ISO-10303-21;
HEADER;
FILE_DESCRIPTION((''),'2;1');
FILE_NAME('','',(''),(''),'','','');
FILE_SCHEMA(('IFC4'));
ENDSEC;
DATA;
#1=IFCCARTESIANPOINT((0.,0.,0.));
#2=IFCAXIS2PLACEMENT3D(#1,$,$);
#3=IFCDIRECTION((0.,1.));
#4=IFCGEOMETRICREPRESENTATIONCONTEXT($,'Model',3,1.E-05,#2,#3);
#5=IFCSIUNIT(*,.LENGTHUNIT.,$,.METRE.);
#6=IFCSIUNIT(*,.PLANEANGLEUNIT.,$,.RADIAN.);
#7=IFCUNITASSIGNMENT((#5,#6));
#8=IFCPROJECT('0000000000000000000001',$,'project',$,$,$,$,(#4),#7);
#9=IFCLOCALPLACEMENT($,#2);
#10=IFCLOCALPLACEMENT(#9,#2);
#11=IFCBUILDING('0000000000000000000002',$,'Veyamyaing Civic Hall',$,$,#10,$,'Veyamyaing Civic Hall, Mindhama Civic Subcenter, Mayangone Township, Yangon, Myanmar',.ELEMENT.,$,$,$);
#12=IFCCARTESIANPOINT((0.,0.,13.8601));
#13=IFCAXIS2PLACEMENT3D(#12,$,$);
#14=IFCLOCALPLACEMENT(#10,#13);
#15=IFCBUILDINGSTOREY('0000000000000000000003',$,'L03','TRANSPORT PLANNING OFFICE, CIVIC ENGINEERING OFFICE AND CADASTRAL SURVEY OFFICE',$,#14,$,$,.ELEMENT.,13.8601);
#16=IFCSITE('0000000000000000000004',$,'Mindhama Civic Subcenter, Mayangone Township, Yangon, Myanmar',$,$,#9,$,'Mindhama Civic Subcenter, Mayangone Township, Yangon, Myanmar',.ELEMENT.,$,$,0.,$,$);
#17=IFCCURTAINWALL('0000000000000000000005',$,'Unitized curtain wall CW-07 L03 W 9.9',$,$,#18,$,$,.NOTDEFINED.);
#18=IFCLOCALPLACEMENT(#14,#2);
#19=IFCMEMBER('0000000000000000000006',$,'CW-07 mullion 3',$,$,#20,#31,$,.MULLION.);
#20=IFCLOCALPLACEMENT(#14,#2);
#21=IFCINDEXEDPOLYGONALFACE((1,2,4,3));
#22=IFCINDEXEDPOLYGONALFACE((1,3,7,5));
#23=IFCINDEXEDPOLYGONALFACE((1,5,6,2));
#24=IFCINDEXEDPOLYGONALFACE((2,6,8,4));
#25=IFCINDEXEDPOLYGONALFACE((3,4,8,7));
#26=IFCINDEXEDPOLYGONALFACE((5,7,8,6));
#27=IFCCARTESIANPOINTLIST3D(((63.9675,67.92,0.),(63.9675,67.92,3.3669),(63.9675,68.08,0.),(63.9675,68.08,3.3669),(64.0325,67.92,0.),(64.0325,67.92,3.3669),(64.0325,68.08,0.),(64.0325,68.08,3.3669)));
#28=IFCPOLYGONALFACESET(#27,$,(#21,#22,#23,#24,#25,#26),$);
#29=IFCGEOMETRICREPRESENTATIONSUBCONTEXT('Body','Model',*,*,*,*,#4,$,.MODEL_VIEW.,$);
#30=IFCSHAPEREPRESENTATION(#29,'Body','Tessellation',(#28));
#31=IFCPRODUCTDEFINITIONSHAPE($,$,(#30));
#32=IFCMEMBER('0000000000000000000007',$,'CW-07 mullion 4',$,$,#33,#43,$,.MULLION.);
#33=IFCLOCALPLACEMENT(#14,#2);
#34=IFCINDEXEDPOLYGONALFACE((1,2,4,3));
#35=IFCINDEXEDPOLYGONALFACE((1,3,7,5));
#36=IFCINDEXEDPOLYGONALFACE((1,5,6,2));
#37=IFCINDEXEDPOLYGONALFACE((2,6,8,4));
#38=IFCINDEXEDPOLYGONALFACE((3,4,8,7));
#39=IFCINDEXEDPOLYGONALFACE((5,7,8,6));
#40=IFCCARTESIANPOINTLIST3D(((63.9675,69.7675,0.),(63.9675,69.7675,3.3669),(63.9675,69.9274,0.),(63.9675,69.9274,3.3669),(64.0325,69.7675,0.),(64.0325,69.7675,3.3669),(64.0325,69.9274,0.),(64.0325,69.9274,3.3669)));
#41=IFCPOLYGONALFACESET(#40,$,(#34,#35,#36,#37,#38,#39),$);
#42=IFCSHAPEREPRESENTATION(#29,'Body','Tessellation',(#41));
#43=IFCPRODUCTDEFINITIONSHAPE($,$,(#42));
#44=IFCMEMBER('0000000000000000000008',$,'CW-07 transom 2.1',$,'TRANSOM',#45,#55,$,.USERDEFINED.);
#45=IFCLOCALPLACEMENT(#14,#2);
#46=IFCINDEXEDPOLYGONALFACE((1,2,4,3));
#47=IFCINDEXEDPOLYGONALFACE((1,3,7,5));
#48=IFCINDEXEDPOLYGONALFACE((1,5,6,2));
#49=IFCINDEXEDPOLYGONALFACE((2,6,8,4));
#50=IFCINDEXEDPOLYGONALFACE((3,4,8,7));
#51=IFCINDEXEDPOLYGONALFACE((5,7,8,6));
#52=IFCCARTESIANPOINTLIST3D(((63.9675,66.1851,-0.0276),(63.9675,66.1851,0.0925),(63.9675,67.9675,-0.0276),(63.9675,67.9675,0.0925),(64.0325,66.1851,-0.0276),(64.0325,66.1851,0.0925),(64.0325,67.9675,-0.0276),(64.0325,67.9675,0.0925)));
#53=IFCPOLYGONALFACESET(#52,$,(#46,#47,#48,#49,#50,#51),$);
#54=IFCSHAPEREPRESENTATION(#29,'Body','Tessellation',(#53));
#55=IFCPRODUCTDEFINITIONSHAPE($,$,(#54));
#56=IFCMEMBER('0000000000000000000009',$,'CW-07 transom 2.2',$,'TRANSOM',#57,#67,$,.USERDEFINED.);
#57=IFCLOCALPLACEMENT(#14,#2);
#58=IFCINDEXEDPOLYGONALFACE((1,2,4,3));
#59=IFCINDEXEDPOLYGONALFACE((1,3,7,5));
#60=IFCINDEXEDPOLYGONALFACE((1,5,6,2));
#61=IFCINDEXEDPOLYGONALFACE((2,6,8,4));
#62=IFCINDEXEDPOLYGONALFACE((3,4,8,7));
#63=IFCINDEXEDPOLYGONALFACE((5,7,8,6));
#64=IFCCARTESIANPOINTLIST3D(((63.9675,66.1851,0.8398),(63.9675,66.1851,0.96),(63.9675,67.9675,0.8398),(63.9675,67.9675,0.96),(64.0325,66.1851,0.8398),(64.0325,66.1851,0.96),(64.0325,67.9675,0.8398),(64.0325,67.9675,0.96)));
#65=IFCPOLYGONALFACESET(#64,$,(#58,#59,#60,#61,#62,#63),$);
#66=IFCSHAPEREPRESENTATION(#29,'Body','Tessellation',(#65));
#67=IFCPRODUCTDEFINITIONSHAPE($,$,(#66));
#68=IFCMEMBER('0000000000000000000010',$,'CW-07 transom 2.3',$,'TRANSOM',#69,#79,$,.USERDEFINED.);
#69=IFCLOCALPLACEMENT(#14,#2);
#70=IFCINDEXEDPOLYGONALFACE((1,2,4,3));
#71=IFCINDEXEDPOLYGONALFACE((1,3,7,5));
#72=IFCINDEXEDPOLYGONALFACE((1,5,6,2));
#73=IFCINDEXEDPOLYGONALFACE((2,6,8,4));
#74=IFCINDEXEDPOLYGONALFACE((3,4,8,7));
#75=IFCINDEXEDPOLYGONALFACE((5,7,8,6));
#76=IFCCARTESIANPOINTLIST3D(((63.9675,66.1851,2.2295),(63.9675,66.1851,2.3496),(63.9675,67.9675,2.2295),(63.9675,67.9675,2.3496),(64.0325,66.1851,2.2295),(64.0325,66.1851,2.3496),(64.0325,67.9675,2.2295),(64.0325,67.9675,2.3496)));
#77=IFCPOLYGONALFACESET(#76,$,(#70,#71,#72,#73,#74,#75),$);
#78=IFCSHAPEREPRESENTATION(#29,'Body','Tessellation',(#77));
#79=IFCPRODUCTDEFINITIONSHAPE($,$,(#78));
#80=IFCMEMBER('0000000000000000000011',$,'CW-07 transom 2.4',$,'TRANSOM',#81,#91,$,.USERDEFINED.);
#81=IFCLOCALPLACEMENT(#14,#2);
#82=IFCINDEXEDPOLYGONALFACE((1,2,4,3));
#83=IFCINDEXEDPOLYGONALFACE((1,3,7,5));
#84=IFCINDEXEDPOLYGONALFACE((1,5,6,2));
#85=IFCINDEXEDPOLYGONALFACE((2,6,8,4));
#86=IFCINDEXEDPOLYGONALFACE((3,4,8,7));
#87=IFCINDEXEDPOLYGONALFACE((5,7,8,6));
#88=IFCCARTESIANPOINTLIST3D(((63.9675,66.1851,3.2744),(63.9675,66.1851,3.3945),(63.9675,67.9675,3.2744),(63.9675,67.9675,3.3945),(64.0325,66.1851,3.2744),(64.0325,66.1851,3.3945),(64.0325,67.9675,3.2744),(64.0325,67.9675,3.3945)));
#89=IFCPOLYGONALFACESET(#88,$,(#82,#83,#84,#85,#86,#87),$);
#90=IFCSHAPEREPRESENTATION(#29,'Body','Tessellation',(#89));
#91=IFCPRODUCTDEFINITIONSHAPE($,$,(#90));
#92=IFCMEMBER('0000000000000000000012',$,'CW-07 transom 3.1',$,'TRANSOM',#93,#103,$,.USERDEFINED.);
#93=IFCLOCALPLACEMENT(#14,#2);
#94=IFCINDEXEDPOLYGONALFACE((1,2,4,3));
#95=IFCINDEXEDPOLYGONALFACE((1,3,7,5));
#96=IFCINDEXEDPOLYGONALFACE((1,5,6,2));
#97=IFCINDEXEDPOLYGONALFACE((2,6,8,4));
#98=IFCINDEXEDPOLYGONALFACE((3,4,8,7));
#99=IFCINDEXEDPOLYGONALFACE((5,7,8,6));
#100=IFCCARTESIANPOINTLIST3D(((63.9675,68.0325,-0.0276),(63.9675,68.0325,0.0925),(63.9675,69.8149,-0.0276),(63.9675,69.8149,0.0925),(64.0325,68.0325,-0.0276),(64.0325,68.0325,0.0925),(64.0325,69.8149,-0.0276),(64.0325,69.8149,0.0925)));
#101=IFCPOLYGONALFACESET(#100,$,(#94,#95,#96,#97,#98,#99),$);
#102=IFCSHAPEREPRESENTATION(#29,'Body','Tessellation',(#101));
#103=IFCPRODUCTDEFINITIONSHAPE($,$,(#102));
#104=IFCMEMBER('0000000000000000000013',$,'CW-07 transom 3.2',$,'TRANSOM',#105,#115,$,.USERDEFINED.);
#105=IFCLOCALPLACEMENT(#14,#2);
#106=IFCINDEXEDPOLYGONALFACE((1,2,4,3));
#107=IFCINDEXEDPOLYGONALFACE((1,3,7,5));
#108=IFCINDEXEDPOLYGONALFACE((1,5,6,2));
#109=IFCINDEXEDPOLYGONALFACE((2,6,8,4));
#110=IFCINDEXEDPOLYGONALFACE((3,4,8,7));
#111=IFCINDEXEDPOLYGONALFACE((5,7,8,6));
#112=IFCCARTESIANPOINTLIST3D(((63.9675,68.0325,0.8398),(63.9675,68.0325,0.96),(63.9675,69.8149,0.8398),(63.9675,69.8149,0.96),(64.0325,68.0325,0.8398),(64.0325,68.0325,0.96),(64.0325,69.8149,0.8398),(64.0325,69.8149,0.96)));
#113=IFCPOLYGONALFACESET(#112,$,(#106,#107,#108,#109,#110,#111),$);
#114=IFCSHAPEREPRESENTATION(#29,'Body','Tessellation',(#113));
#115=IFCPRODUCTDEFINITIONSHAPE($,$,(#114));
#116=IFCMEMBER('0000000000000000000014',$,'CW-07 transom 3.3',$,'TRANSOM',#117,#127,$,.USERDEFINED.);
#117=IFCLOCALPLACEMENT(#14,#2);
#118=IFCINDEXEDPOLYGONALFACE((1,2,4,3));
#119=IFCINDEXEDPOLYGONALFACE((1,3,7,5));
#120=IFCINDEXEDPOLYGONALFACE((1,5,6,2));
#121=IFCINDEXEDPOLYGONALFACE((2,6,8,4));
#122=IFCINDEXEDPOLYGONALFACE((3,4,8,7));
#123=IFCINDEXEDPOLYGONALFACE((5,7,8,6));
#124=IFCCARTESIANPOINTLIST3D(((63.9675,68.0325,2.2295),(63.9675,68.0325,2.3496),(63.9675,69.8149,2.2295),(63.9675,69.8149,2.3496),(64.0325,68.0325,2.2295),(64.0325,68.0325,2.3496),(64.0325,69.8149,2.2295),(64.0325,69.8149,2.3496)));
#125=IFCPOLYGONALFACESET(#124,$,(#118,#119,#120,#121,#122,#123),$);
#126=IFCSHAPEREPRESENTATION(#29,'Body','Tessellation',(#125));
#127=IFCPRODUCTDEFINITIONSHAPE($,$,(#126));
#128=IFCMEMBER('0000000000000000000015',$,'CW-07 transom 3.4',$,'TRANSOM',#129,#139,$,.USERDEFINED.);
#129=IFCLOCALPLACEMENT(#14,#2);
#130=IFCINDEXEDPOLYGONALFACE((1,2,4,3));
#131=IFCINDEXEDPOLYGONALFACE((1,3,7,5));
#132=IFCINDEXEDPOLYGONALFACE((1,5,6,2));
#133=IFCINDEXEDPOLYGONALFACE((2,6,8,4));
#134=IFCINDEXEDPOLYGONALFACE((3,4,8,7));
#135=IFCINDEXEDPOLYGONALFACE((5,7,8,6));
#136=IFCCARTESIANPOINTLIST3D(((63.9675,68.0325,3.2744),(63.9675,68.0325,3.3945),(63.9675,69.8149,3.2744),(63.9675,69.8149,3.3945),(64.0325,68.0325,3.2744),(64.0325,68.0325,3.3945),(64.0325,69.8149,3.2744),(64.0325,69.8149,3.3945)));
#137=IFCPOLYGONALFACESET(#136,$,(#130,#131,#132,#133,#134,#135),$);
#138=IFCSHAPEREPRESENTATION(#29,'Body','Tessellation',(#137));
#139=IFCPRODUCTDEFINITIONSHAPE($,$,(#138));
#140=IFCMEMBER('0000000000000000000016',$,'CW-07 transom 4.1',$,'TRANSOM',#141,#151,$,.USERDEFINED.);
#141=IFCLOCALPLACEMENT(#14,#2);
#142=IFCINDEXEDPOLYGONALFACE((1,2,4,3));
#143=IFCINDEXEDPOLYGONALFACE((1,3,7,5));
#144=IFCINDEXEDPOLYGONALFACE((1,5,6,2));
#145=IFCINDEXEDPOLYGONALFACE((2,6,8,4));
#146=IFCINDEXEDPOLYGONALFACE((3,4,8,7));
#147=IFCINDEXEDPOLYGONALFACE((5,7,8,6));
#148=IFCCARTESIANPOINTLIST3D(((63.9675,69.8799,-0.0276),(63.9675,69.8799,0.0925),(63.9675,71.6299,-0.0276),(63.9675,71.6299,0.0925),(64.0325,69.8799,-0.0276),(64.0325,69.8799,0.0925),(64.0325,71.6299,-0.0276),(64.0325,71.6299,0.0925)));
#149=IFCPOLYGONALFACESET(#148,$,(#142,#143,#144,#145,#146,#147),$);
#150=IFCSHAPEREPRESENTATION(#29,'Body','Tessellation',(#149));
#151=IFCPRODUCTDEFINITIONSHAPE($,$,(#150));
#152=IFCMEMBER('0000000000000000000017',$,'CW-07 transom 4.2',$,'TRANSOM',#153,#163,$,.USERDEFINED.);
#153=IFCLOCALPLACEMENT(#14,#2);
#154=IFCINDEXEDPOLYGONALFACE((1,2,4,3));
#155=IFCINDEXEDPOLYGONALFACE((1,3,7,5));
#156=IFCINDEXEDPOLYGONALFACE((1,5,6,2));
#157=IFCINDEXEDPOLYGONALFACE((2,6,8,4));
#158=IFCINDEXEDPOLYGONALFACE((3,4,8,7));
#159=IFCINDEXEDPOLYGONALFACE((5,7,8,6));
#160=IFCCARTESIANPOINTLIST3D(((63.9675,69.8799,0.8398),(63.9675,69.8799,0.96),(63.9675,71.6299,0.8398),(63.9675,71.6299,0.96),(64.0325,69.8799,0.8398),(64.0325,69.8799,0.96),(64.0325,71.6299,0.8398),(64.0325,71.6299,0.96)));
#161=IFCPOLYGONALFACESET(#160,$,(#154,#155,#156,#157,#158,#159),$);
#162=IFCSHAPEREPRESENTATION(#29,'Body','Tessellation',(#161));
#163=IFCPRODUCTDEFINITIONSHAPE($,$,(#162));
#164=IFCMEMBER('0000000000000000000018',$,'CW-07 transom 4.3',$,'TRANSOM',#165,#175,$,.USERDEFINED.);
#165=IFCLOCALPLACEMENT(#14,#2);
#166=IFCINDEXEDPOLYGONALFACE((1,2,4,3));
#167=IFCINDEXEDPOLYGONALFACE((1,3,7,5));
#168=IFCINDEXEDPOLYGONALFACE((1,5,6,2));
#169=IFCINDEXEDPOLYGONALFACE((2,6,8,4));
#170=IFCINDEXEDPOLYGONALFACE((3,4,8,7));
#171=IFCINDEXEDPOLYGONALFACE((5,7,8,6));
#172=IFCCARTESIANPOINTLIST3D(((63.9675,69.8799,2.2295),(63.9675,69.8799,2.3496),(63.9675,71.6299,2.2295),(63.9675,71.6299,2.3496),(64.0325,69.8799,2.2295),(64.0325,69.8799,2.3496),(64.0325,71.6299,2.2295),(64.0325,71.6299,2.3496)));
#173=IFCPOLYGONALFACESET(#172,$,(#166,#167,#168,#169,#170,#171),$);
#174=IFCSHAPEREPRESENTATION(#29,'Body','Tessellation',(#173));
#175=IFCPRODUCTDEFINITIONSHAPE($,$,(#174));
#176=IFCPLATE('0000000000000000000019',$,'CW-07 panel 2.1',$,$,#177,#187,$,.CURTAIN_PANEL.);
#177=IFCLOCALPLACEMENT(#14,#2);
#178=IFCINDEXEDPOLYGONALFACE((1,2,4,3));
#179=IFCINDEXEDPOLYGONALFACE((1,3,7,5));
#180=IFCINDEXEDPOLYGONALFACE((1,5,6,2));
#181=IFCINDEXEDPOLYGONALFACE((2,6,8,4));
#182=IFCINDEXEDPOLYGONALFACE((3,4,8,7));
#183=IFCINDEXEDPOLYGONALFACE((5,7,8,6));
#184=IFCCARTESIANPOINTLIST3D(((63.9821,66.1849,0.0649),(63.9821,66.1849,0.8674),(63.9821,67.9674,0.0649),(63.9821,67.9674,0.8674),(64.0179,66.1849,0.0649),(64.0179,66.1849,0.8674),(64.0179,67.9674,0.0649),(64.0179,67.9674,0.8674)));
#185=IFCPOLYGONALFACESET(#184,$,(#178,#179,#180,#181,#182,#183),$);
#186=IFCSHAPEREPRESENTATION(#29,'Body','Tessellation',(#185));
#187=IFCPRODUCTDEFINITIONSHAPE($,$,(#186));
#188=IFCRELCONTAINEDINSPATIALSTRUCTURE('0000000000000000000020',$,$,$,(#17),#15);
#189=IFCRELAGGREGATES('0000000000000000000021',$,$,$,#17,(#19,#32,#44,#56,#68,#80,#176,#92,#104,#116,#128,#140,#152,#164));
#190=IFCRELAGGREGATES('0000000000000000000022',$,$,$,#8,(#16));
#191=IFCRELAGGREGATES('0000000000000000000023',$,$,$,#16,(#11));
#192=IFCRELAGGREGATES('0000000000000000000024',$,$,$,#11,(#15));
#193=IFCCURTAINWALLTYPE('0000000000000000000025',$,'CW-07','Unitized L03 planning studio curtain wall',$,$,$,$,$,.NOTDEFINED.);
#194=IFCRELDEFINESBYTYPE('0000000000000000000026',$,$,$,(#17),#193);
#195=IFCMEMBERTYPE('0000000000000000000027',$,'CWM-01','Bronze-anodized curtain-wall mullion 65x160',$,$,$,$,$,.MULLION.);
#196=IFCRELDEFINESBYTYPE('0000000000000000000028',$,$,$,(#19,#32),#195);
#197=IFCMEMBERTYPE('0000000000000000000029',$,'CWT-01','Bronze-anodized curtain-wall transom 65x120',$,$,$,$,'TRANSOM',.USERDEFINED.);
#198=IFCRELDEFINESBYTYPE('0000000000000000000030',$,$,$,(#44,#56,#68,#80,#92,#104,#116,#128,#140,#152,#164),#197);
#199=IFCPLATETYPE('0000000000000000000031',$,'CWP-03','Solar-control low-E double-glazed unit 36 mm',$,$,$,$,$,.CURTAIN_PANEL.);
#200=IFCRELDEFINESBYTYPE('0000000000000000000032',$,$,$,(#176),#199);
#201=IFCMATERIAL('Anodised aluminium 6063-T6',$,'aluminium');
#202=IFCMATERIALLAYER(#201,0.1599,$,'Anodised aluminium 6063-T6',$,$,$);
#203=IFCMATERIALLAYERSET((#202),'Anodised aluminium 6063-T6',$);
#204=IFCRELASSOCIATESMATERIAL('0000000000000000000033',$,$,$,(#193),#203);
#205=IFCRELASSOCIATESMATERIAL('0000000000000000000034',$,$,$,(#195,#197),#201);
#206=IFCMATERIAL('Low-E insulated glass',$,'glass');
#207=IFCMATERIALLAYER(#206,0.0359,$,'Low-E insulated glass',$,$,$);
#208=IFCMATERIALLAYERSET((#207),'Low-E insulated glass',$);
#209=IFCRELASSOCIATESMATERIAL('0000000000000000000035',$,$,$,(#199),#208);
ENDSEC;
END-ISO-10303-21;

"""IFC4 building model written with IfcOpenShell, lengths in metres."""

from ifc_helpers import new_model, si_unit, direction, frame, origin, origin_2d, place, context, subcontext, project, spatial, rectangle, extrude, material, layer, layer_set, material_profile, profile_set, type_object, element, aggregate, save


model = new_model("IFC4")

# Units and contexts
model_context = context("Model", 3, precision=1e-05, world=origin(), true_north=direction((0.0, 1.0)))
body_context = subcontext(model_context, "Body", "Model", "MODEL_VIEW")
ifc_project = project(units=[si_unit("LENGTHUNIT", "METRE"), si_unit("PLANEANGLEUNIT", "RADIAN")], contexts=[model_context])

# Site, building, storey
site_placement = place(None, origin())
site = spatial("IfcSite", under=ifc_project, at=site_placement, Name="Mindhama Civic Subcenter, Mayangone Township, Yangon, Myanmar", LongName="Mindhama Civic Subcenter, Mayangone Township, Yangon, Myanmar", CompositionType="ELEMENT", RefElevation=0.0)
building_placement = place(site_placement, origin())
building = spatial("IfcBuilding", under=site, at=building_placement, Name="Veyamyaing Civic Hall", LongName="Veyamyaing Civic Hall, Mindhama Civic Subcenter, Mayangone Township, Yangon, Myanmar", CompositionType="ELEMENT")
storey_placement = place(building_placement, frame((0.0, 0.0, 13.8601)))
storey = spatial("IfcBuildingStorey", under=building, at=storey_placement, Name="L03", Description="TRANSPORT PLANNING OFFICE, CIVIC ENGINEERING OFFICE AND CADASTRAL SURVEY OFFICE", CompositionType="ELEMENT", Elevation=13.8601)

# Curtain wall, members, plate
ifc_material_1 = material(Name="Anodised aluminium 6063-T6", Category="aluminium")
ifc_layer_1 = layer(ifc_material_1, 0.1599, Name="Anodised aluminium 6063-T6")
ifc_layer_set_1 = layer_set([ifc_layer_1], Name="Anodised aluminium 6063-T6")
curtain_wall_type = type_object("IfcCurtainWallType", Name="CW-07", Description="Unitized L03 planning studio curtain wall", PredefinedType="NOTDEFINED", material=ifc_layer_set_1)
curtain_wall_placement = place(storey_placement, origin())
curtain_wall = element("IfcCurtainWall", 1, at=curtain_wall_placement, inside=storey, type_object=curtain_wall_type, Name="Unitized curtain wall CW-07 L03 W 9.9", PredefinedType="NOTDEFINED")
ifc_material_profile_1 = material_profile(ifc_material_1, rectangle(XDim=0.0649, YDim=0.1599, at=origin_2d()), Name="ALU-MUL-65X160")
ifc_profile_set_1 = profile_set([ifc_material_profile_1], Name="Anodised aluminium 6063-T6")
member_type_1 = type_object("IfcMemberType", Name="CWM-01", Description="Bronze-anodized curtain-wall mullion 65x160", PredefinedType="MULLION", material=ifc_profile_set_1)
member_1_placement = place(storey_placement, frame((64.0, 68.0, 0.0), z_axis=(0.0, 0.0, 1.0), x_axis=(-1.0, 0.0, 0.0)))
member_1 = element("IfcMember", 2, at=member_1_placement, type_object=member_type_1, Name="CW-07 mullion 3", PredefinedType="MULLION", context=body_context, shape_type="SweptSolid", body=[
    extrude(rectangle(XDim=0.0649, YDim=0.1599, at=origin_2d()), origin(), (0.0, 0.0, 1.0), 3.3669),
])
member_2_placement = place(storey_placement, frame((64.0, 69.8474, 0.0), z_axis=(0.0, 0.0, 1.0), x_axis=(-1.0, 0.0, 0.0)))
member_2 = element("IfcMember", 3, at=member_2_placement, type_object=member_type_1, Name="CW-07 mullion 4", PredefinedType="MULLION", context=body_context, shape_type="SweptSolid", body=[
    extrude(rectangle(XDim=0.0649, YDim=0.1599, at=origin_2d()), origin(), (0.0, 0.0, 1.0), 3.3669),
])
ifc_material_profile_2 = material_profile(ifc_material_1, rectangle(XDim=0.0649, YDim=0.1201, at=origin_2d()), Name="ALU-TRN-65X120")
ifc_profile_set_2 = profile_set([ifc_material_profile_2], Name="Anodised aluminium 6063-T6")
member_type_2 = type_object("IfcMemberType", Name="CWT-01", Description="Bronze-anodized curtain-wall transom 65x120", ElementType="TRANSOM", PredefinedType="USERDEFINED", material=ifc_profile_set_2)
member_3_placement = place(storey_placement, frame((64.0, 66.1851, 0.0325), z_axis=(0.0, 1.0, 0.0), x_axis=(-1.0, 0.0, 0.0)))
member_3 = element("IfcMember", 4, at=member_3_placement, type_object=member_type_2, Name="CW-07 transom 2.1", ObjectType="TRANSOM", PredefinedType="USERDEFINED", context=body_context, shape_type="SweptSolid", body=[
    extrude(rectangle(XDim=0.0649, YDim=0.1201, at=origin_2d()), origin(), (0.0, 0.0, 1.0), 1.7825),
])
member_4_placement = place(storey_placement, frame((64.0, 66.1851, 0.8999), z_axis=(0.0, 1.0, 0.0), x_axis=(-1.0, 0.0, 0.0)))
member_4 = element("IfcMember", 5, at=member_4_placement, type_object=member_type_2, Name="CW-07 transom 2.2", ObjectType="TRANSOM", PredefinedType="USERDEFINED", context=body_context, shape_type="SweptSolid", body=[
    extrude(rectangle(XDim=0.0649, YDim=0.1201, at=origin_2d()), origin(), (0.0, 0.0, 1.0), 1.7825),
])
member_5_placement = place(storey_placement, frame((64.0, 66.1851, 2.2896), z_axis=(0.0, 1.0, 0.0), x_axis=(-1.0, 0.0, 0.0)))
member_5 = element("IfcMember", 6, at=member_5_placement, type_object=member_type_2, Name="CW-07 transom 2.3", ObjectType="TRANSOM", PredefinedType="USERDEFINED", context=body_context, shape_type="SweptSolid", body=[
    extrude(rectangle(XDim=0.0649, YDim=0.1201, at=origin_2d()), origin(), (0.0, 0.0, 1.0), 1.7825),
])
member_6_placement = place(storey_placement, frame((64.0, 66.1851, 3.3345), z_axis=(0.0, 1.0, 0.0), x_axis=(-1.0, 0.0, 0.0)))
member_6 = element("IfcMember", 7, at=member_6_placement, type_object=member_type_2, Name="CW-07 transom 2.4", ObjectType="TRANSOM", PredefinedType="USERDEFINED", context=body_context, shape_type="SweptSolid", body=[
    extrude(rectangle(XDim=0.0649, YDim=0.1201, at=origin_2d()), origin(), (0.0, 0.0, 1.0), 1.7825),
])
member_7_placement = place(storey_placement, frame((64.0, 68.0325, 0.0325), z_axis=(0.0, 1.0, 0.0), x_axis=(-1.0, 0.0, 0.0)))
member_7 = element("IfcMember", 8, at=member_7_placement, type_object=member_type_2, Name="CW-07 transom 3.1", ObjectType="TRANSOM", PredefinedType="USERDEFINED", context=body_context, shape_type="SweptSolid", body=[
    extrude(rectangle(XDim=0.0649, YDim=0.1201, at=origin_2d()), origin(), (0.0, 0.0, 1.0), 1.7825),
])
member_8_placement = place(storey_placement, frame((64.0, 68.0325, 0.8999), z_axis=(0.0, 1.0, 0.0), x_axis=(-1.0, 0.0, 0.0)))
member_8 = element("IfcMember", 9, at=member_8_placement, type_object=member_type_2, Name="CW-07 transom 3.2", ObjectType="TRANSOM", PredefinedType="USERDEFINED", context=body_context, shape_type="SweptSolid", body=[
    extrude(rectangle(XDim=0.0649, YDim=0.1201, at=origin_2d()), origin(), (0.0, 0.0, 1.0), 1.7825),
])
member_9_placement = place(storey_placement, frame((64.0, 68.0325, 2.2896), z_axis=(0.0, 1.0, 0.0), x_axis=(-1.0, 0.0, 0.0)))
member_9 = element("IfcMember", 10, at=member_9_placement, type_object=member_type_2, Name="CW-07 transom 3.3", ObjectType="TRANSOM", PredefinedType="USERDEFINED", context=body_context, shape_type="SweptSolid", body=[
    extrude(rectangle(XDim=0.0649, YDim=0.1201, at=origin_2d()), origin(), (0.0, 0.0, 1.0), 1.7825),
])
member_10_placement = place(storey_placement, frame((64.0, 68.0325, 3.3345), z_axis=(0.0, 1.0, 0.0), x_axis=(-1.0, 0.0, 0.0)))
member_10 = element("IfcMember", 11, at=member_10_placement, type_object=member_type_2, Name="CW-07 transom 3.4", ObjectType="TRANSOM", PredefinedType="USERDEFINED", context=body_context, shape_type="SweptSolid", body=[
    extrude(rectangle(XDim=0.0649, YDim=0.1201, at=origin_2d()), origin(), (0.0, 0.0, 1.0), 1.7825),
])
member_11_placement = place(storey_placement, frame((64.0, 69.8799, 0.0325), z_axis=(0.0, 1.0, 0.0), x_axis=(-1.0, 0.0, 0.0)))
member_11 = element("IfcMember", 12, at=member_11_placement, type_object=member_type_2, Name="CW-07 transom 4.1", ObjectType="TRANSOM", PredefinedType="USERDEFINED", context=body_context, shape_type="SweptSolid", body=[
    extrude(rectangle(XDim=0.0649, YDim=0.1201, at=origin_2d()), origin(), (0.0, 0.0, 1.0), 1.75),
])
member_12_placement = place(storey_placement, frame((64.0, 69.8799, 0.8999), z_axis=(0.0, 1.0, 0.0), x_axis=(-1.0, 0.0, 0.0)))
member_12 = element("IfcMember", 13, at=member_12_placement, type_object=member_type_2, Name="CW-07 transom 4.2", ObjectType="TRANSOM", PredefinedType="USERDEFINED", context=body_context, shape_type="SweptSolid", body=[
    extrude(rectangle(XDim=0.0649, YDim=0.1201, at=origin_2d()), origin(), (0.0, 0.0, 1.0), 1.75),
])
member_13_placement = place(storey_placement, frame((64.0, 69.8799, 2.2896), z_axis=(0.0, 1.0, 0.0), x_axis=(-1.0, 0.0, 0.0)))
member_13 = element("IfcMember", 14, at=member_13_placement, type_object=member_type_2, Name="CW-07 transom 4.3", ObjectType="TRANSOM", PredefinedType="USERDEFINED", context=body_context, shape_type="SweptSolid", body=[
    extrude(rectangle(XDim=0.0649, YDim=0.1201, at=origin_2d()), origin(), (0.0, 0.0, 1.0), 1.75),
])
ifc_material_2 = material(Name="Low-E insulated glass", Category="glass")
ifc_layer_2 = layer(ifc_material_2, 0.0359, Name="Low-E insulated glass")
ifc_layer_set_2 = layer_set([ifc_layer_2], Name="Low-E insulated glass")
plate_type = type_object("IfcPlateType", Name="CWP-03", Description="Solar-control low-E double-glazed unit 36 mm", PredefinedType="CURTAIN_PANEL", material=ifc_layer_set_2)
plate_1_placement = place(storey_placement, frame((64.0, 67.0762, 0.0649), z_axis=(0.0, 0.0, 1.0), x_axis=(0.0, 1.0, 0.0)))
plate_1 = element("IfcPlate", 15, at=plate_1_placement, type_object=plate_type, Name="CW-07 panel 2.1", PredefinedType="CURTAIN_PANEL", context=body_context, shape_type="SweptSolid", body=[
    extrude(rectangle(XDim=1.7825, YDim=0.0359, at=origin_2d()), origin(), (0.0, 0.0, 1.0), 0.8025),
])
aggregate(curtain_wall, [member_1, member_2, member_3, member_4, member_5, member_6, plate_1, member_7, member_8, member_9, member_10, member_11, member_12, member_13])

save(model, "model.ifc")
